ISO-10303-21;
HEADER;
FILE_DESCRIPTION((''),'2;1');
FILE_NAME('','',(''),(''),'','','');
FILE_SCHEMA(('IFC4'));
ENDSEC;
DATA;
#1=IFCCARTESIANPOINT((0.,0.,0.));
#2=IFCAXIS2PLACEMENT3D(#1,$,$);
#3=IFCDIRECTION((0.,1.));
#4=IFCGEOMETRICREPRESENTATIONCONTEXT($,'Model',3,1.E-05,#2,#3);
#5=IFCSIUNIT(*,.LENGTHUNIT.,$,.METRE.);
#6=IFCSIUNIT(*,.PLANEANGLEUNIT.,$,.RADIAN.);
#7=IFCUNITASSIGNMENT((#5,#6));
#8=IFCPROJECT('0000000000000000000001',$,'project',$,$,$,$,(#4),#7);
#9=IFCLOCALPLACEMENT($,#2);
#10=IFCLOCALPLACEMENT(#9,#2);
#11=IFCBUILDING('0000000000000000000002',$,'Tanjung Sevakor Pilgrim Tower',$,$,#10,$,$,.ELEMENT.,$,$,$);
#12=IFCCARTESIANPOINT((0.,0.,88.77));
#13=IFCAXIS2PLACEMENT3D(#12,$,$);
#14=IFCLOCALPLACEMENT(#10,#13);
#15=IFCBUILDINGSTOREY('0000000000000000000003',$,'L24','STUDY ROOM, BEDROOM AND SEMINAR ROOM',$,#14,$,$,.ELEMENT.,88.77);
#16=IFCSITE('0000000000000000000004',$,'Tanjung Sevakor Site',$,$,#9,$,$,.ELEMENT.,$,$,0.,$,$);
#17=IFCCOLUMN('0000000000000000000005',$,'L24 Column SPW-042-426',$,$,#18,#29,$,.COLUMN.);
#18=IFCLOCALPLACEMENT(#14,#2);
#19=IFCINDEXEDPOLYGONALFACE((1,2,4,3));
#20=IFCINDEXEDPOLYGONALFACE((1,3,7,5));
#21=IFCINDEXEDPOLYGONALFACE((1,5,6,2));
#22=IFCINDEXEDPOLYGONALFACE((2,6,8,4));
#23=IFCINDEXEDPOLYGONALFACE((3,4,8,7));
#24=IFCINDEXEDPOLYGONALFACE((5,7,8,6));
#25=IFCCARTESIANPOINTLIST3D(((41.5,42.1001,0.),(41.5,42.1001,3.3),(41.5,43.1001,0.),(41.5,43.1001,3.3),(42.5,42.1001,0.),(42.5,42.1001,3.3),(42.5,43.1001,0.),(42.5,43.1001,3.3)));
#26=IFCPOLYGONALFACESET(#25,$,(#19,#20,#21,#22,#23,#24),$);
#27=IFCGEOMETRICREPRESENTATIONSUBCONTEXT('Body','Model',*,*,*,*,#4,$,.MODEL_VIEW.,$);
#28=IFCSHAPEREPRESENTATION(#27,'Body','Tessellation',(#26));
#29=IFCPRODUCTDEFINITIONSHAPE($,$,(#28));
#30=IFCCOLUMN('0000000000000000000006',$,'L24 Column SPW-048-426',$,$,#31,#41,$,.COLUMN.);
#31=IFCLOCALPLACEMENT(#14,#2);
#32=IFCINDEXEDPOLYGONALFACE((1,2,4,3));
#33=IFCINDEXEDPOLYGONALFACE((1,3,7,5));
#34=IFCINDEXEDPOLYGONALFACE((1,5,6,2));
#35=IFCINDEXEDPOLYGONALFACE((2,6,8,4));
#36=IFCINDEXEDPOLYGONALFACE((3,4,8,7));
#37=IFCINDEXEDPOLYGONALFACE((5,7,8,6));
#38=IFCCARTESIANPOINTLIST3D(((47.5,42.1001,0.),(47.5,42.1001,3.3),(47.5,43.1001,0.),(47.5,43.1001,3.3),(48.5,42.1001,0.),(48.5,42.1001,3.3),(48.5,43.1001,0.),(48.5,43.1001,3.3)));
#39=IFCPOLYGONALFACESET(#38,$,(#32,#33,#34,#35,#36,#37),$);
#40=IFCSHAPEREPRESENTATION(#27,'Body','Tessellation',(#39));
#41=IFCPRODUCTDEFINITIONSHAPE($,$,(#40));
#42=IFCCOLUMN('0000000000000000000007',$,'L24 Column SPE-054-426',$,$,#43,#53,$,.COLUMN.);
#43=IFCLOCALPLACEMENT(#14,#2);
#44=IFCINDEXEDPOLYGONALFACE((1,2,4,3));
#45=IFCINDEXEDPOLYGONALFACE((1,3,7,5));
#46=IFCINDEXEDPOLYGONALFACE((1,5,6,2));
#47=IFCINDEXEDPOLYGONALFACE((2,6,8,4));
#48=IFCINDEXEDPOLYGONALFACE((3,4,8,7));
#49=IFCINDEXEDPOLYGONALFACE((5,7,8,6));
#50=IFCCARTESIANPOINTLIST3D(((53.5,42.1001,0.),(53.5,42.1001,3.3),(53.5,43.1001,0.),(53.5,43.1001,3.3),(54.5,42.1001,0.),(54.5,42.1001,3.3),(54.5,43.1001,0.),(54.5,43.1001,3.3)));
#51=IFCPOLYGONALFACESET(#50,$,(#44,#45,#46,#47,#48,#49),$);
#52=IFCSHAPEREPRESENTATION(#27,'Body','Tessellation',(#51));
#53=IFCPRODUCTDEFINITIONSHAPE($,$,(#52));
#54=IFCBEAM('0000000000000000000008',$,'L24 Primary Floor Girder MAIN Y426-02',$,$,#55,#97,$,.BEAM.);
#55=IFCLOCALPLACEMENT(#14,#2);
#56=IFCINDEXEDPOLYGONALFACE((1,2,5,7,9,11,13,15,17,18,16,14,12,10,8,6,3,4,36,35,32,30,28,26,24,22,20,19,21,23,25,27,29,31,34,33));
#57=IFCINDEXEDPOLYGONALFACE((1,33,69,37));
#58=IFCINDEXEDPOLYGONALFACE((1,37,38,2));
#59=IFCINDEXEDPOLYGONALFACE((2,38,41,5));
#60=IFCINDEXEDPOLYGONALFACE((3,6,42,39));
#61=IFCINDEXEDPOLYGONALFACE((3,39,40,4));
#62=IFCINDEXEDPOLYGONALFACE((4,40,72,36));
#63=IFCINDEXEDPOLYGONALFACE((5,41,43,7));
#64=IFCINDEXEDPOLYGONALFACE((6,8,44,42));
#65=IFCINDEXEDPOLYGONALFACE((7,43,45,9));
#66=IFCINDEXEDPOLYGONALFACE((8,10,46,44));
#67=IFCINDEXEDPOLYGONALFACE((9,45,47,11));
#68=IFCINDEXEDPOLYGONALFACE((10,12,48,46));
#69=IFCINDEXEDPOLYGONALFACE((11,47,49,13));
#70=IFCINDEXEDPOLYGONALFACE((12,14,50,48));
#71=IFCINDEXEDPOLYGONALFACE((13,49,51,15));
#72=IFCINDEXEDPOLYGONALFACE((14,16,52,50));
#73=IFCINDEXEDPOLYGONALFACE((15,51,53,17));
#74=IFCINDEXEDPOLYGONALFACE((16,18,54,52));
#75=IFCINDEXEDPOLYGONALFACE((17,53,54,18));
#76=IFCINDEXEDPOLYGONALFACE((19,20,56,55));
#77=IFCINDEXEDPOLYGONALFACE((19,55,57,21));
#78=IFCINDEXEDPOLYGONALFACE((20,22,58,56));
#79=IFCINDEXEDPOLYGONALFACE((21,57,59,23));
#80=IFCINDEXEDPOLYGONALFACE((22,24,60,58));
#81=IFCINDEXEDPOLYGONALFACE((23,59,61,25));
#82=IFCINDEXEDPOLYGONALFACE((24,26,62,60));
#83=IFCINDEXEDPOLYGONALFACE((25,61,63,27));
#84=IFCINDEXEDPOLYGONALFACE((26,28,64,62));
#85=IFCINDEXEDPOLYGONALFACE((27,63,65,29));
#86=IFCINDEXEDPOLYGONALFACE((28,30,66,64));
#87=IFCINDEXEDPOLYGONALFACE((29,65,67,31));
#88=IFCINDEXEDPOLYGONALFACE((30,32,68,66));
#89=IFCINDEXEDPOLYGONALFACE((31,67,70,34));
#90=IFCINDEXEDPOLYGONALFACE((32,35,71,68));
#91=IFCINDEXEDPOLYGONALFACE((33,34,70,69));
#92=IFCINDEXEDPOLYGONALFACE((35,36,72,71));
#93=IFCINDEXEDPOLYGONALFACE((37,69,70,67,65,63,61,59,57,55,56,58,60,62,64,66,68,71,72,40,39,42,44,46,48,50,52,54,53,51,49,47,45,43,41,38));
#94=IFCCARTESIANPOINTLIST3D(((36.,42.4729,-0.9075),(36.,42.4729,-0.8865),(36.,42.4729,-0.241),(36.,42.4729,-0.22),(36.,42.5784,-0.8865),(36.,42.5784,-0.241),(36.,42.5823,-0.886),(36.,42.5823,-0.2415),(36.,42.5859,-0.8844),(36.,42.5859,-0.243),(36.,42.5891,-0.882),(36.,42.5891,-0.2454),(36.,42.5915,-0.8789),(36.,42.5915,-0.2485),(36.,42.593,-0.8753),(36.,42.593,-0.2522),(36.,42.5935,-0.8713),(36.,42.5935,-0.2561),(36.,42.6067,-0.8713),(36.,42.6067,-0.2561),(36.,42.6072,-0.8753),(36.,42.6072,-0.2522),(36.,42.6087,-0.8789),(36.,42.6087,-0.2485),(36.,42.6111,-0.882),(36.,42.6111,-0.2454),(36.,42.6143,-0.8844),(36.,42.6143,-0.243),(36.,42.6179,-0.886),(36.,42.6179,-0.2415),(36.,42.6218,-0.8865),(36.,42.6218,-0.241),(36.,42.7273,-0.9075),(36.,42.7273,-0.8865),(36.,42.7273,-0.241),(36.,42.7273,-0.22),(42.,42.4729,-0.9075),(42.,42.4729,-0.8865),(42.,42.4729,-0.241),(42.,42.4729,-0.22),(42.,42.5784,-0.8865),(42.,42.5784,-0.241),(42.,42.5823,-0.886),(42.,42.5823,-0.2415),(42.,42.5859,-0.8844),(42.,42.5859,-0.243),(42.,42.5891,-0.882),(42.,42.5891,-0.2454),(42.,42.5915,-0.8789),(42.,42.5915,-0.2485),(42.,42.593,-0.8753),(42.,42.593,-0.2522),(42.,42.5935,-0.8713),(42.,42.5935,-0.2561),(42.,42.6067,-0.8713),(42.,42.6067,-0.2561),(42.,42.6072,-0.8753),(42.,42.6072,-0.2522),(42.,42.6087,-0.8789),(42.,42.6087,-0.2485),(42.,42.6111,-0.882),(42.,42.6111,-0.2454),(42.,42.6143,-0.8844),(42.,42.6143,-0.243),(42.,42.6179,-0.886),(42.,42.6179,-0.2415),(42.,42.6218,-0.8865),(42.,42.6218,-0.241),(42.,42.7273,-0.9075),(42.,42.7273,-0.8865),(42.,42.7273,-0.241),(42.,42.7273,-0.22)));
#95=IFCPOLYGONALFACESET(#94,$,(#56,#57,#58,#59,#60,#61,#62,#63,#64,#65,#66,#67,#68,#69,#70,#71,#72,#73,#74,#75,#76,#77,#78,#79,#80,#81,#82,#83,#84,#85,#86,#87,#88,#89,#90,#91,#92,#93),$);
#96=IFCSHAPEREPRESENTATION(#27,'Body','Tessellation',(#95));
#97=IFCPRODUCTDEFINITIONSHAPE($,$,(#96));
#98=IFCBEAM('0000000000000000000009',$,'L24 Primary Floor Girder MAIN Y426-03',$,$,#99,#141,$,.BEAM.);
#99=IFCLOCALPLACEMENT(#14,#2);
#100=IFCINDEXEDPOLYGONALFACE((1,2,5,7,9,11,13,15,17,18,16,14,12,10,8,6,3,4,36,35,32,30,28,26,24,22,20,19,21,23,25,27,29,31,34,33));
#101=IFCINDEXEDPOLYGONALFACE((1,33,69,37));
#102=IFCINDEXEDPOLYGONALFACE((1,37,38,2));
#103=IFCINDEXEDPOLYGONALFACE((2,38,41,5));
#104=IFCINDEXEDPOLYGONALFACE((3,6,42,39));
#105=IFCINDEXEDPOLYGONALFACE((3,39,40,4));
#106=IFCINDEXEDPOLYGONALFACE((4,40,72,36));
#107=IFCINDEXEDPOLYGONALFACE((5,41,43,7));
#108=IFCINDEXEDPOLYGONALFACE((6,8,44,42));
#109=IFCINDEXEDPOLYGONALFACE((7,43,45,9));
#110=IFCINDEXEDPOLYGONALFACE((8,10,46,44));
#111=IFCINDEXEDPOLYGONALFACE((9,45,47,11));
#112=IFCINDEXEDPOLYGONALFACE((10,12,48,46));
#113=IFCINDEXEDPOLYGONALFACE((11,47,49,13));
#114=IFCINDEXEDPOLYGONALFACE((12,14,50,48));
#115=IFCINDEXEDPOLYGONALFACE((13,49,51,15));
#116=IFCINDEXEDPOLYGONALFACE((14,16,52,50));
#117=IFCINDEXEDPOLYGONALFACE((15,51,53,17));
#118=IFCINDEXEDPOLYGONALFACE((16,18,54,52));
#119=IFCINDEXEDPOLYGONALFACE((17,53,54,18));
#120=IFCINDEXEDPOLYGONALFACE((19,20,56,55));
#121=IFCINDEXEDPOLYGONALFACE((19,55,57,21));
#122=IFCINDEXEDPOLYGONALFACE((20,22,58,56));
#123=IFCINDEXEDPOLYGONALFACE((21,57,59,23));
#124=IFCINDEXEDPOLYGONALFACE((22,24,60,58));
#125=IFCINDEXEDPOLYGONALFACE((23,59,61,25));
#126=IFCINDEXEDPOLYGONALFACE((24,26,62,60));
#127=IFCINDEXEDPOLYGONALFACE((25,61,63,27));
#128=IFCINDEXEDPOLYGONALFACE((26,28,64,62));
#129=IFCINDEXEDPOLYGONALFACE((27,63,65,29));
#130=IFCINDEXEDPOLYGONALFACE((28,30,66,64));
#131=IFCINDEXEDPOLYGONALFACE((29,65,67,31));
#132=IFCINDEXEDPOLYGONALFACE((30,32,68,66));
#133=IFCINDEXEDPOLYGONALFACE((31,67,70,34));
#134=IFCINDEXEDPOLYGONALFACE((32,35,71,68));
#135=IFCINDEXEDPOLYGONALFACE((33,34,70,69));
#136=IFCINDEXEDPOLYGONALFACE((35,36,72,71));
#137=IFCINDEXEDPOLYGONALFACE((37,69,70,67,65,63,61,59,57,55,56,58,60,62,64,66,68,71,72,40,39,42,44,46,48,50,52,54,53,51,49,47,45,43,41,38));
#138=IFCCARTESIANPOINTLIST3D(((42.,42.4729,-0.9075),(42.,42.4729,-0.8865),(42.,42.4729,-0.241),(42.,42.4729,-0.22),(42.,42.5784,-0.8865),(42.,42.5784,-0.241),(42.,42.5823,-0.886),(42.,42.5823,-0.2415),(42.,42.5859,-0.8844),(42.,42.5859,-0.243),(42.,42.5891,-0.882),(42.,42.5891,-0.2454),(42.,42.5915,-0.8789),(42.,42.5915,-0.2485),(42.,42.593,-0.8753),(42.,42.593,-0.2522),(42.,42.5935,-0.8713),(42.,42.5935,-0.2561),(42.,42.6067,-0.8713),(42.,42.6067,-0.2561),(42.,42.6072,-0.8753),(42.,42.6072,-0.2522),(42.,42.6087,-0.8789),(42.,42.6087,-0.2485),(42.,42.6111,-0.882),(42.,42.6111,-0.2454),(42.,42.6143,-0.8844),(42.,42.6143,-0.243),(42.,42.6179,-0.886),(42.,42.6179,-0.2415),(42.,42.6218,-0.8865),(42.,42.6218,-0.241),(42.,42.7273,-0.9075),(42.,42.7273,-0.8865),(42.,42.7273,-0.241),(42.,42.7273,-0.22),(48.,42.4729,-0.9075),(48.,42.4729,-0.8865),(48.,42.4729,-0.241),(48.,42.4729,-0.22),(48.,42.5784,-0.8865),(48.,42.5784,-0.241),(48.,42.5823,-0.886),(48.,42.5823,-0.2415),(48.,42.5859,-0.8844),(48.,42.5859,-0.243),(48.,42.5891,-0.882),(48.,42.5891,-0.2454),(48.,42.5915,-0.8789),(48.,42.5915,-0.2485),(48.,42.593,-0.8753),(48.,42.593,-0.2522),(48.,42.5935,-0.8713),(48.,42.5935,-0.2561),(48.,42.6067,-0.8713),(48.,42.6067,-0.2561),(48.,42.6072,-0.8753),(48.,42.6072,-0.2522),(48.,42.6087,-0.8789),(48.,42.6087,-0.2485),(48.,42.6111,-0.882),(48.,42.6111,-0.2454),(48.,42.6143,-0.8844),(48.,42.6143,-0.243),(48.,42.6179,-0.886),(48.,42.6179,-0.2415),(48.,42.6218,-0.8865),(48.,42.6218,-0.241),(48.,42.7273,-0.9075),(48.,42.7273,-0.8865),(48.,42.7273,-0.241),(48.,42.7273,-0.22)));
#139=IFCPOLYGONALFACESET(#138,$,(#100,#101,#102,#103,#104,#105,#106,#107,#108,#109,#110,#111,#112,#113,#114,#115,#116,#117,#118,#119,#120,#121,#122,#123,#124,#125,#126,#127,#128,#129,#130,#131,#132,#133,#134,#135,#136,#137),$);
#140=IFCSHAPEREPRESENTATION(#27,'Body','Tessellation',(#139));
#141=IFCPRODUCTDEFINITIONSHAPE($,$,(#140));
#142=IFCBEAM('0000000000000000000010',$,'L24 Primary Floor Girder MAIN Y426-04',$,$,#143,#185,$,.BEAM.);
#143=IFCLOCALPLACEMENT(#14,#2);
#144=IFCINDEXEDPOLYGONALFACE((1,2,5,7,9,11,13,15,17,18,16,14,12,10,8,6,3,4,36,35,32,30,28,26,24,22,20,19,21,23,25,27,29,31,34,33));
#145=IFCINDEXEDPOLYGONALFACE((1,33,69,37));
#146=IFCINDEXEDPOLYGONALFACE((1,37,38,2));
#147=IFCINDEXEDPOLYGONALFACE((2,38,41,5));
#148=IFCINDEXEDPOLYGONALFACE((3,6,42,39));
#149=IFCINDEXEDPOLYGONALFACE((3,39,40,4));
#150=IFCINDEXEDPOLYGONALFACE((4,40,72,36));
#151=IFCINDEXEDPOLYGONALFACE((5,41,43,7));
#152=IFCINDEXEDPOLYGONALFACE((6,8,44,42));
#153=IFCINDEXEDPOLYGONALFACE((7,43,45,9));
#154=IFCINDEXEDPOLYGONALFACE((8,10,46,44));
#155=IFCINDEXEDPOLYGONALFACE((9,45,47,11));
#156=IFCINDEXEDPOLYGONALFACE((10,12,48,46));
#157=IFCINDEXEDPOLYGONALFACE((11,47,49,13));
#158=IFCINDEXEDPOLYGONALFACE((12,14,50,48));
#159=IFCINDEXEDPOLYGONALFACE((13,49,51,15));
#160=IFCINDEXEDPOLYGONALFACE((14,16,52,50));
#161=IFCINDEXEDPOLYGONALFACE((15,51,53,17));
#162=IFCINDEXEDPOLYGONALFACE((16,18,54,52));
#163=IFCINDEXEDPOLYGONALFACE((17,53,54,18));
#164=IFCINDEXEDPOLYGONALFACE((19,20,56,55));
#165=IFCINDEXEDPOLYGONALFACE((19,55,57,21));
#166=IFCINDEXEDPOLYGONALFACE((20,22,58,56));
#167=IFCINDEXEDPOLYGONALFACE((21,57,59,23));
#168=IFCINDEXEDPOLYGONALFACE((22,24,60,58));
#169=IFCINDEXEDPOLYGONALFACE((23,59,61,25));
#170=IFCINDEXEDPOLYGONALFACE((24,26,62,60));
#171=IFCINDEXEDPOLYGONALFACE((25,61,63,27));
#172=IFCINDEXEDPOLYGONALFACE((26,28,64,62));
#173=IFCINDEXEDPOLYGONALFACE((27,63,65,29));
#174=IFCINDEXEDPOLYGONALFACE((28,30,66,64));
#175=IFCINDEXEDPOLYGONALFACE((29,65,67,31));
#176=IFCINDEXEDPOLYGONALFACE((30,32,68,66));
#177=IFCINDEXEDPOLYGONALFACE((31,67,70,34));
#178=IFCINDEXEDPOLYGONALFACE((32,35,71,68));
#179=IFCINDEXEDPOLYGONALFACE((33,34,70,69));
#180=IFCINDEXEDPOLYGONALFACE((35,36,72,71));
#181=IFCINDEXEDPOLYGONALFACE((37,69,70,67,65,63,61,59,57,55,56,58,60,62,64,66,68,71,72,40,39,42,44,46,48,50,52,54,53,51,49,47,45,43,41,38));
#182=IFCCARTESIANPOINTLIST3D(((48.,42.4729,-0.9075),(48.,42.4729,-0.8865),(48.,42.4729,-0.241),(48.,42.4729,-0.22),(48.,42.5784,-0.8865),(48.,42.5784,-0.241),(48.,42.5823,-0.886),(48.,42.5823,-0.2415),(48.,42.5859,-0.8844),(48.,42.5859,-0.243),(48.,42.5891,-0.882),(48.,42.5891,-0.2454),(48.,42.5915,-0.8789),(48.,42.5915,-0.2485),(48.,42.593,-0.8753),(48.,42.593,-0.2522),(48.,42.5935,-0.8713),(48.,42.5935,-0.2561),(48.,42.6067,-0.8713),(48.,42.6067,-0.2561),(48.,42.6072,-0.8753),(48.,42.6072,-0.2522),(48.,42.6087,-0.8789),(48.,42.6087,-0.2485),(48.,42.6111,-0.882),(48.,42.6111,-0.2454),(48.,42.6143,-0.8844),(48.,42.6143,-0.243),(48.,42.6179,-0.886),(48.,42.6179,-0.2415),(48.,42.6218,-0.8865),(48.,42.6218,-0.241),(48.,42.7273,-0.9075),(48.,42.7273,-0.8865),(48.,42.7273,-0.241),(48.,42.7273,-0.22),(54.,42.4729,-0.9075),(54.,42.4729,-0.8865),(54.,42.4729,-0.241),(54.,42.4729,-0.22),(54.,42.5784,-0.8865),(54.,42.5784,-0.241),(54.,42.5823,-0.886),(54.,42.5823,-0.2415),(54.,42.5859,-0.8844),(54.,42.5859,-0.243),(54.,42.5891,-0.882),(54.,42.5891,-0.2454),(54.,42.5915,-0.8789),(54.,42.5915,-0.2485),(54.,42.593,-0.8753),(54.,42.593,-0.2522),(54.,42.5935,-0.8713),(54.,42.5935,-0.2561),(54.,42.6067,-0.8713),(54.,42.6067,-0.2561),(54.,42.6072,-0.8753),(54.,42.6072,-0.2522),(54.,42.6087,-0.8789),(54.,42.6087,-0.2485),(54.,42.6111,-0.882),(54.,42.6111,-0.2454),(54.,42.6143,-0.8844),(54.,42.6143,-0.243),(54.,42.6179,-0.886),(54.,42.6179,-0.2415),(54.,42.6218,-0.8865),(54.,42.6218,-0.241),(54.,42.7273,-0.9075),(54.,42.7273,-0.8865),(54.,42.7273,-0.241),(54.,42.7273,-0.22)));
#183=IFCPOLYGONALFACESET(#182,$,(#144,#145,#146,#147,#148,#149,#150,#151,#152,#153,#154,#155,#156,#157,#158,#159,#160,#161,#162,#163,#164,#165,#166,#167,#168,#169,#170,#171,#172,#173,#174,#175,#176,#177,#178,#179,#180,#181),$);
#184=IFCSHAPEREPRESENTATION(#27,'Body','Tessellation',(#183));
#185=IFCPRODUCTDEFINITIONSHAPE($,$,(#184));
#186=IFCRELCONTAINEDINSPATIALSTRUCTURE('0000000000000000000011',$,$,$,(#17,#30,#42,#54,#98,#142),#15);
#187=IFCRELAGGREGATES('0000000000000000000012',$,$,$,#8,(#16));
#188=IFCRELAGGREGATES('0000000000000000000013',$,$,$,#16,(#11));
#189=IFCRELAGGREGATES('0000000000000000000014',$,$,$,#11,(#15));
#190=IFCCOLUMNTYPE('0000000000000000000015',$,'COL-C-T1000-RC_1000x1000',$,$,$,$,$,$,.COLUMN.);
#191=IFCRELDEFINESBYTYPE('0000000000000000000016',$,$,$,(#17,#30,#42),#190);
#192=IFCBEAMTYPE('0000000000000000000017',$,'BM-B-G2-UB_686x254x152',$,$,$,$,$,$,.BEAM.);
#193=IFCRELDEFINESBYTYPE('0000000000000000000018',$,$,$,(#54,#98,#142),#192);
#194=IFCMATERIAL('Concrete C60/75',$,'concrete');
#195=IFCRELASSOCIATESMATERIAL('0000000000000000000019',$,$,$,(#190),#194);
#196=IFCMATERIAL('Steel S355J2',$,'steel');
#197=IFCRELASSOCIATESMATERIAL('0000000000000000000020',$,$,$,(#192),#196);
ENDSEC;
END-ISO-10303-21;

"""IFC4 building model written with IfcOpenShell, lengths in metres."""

from ifc_helpers import new_model, si_unit, direction, frame, origin, origin_2d, place, context, subcontext, project, spatial, rectangle, i_section, extrude, material, material_profile, profile_set, type_object, element, save


model = new_model("IFC4")

# Units and contexts
model_context = context("Model", 3, precision=1e-05, world=origin(), true_north=direction((0.0, 1.0)))
body_context = subcontext(model_context, "Body", "Model", "MODEL_VIEW")
ifc_project = project(units=[si_unit("LENGTHUNIT", "METRE"), si_unit("PLANEANGLEUNIT", "RADIAN")], contexts=[model_context])

# Site, building, storey
site_placement = place(None, origin())
site = spatial("IfcSite", under=ifc_project, at=site_placement, Name="Tanjung Sevakor Site", CompositionType="ELEMENT", RefElevation=0.0)
building_placement = place(site_placement, origin())
building = spatial("IfcBuilding", under=site, at=building_placement, Name="Tanjung Sevakor Pilgrim Tower", CompositionType="ELEMENT")
storey_placement = place(building_placement, frame((0.0, 0.0, 88.77)))
storey = spatial("IfcBuildingStorey", under=building, at=storey_placement, Name="L24", Description="STUDY ROOM, BEDROOM AND SEMINAR ROOM", CompositionType="ELEMENT", Elevation=88.77)

# Columns
ifc_material_1 = material(Name="Concrete C60/75", Category="concrete")
ifc_material_profile_1 = material_profile(ifc_material_1, rectangle(XDim=1.0, YDim=1.0, at=origin_2d()))
ifc_profile_set_1 = profile_set([ifc_material_profile_1], Name="Concrete C60/75")
column_type = type_object("IfcColumnType", Name="COL-C-T1000-RC_1000x1000", PredefinedType="COLUMN", material=ifc_profile_set_1)
for number, where, z_axis, x_axis, name in (
    (1, (42.0, 42.6001, 0.0), (0.0, 0.0, 1.0), (1.0, 0.0, 0.0), "L24 Column SPW-042-426"),
    (2, (48.0, 42.6001, 0.0), (0.0, 0.0, 1.0), (1.0, 0.0, 0.0), "L24 Column SPW-048-426"),
    (3, (54.0, 42.6001, 0.0), (0.0, 0.0, 1.0), (1.0, 0.0, 0.0), "L24 Column SPE-054-426"),
):
    element("IfcColumn", number, at=place(storey_placement, frame(where, z_axis=z_axis, x_axis=x_axis)), inside=storey, type_object=column_type, Name=name, PredefinedType="COLUMN", context=body_context, shape_type="SweptSolid", body=[
        extrude(rectangle(XDim=1.0, YDim=1.0, at=origin_2d()), origin(), (0.0, 0.0, 1.0), 3.3),
    ])

# Beams
ifc_material_2 = material(Name="Steel S355J2", Category="steel")
ifc_material_profile_2 = material_profile(ifc_material_2, i_section(OverallWidth=0.2544, OverallDepth=0.6875, WebThickness=0.0132, FlangeThickness=0.021, FilletRadius=0.0151, at=origin_2d()))
ifc_profile_set_2 = profile_set([ifc_material_profile_2], Name="Steel S355J2")
beam_type_1 = type_object("IfcBeamType", Name="BM-B-G2-UB_686x254x152", PredefinedType="BEAM", material=ifc_profile_set_2)
for number, where, z_axis, x_axis, name in (
    (4, (36.0, 42.6001, -0.5637), (1.0, 0.0, 0.0), (0.0, 1.0, 0.0), "L24 Primary Floor Girder MAIN Y426-02"),
    (5, (42.0, 42.6001, -0.5637), (1.0, 0.0, 0.0), (0.0, 1.0, 0.0), "L24 Primary Floor Girder MAIN Y426-03"),
    (6, (48.0, 42.6001, -0.5637), (1.0, 0.0, 0.0), (0.0, 1.0, 0.0), "L24 Primary Floor Girder MAIN Y426-04"),
):
    element("IfcBeam", number, at=place(storey_placement, frame(where, z_axis=z_axis, x_axis=x_axis)), inside=storey, type_object=beam_type_1, Name=name, PredefinedType="BEAM", context=body_context, shape_type="SweptSolid", body=[
        extrude(i_section(OverallWidth=0.2544, OverallDepth=0.6875, WebThickness=0.0132, FlangeThickness=0.021, FilletRadius=0.0151, at=origin_2d()), origin(), (0.0, 0.0, 1.0), 6.0),
    ])

save(model, "model.ifc")
